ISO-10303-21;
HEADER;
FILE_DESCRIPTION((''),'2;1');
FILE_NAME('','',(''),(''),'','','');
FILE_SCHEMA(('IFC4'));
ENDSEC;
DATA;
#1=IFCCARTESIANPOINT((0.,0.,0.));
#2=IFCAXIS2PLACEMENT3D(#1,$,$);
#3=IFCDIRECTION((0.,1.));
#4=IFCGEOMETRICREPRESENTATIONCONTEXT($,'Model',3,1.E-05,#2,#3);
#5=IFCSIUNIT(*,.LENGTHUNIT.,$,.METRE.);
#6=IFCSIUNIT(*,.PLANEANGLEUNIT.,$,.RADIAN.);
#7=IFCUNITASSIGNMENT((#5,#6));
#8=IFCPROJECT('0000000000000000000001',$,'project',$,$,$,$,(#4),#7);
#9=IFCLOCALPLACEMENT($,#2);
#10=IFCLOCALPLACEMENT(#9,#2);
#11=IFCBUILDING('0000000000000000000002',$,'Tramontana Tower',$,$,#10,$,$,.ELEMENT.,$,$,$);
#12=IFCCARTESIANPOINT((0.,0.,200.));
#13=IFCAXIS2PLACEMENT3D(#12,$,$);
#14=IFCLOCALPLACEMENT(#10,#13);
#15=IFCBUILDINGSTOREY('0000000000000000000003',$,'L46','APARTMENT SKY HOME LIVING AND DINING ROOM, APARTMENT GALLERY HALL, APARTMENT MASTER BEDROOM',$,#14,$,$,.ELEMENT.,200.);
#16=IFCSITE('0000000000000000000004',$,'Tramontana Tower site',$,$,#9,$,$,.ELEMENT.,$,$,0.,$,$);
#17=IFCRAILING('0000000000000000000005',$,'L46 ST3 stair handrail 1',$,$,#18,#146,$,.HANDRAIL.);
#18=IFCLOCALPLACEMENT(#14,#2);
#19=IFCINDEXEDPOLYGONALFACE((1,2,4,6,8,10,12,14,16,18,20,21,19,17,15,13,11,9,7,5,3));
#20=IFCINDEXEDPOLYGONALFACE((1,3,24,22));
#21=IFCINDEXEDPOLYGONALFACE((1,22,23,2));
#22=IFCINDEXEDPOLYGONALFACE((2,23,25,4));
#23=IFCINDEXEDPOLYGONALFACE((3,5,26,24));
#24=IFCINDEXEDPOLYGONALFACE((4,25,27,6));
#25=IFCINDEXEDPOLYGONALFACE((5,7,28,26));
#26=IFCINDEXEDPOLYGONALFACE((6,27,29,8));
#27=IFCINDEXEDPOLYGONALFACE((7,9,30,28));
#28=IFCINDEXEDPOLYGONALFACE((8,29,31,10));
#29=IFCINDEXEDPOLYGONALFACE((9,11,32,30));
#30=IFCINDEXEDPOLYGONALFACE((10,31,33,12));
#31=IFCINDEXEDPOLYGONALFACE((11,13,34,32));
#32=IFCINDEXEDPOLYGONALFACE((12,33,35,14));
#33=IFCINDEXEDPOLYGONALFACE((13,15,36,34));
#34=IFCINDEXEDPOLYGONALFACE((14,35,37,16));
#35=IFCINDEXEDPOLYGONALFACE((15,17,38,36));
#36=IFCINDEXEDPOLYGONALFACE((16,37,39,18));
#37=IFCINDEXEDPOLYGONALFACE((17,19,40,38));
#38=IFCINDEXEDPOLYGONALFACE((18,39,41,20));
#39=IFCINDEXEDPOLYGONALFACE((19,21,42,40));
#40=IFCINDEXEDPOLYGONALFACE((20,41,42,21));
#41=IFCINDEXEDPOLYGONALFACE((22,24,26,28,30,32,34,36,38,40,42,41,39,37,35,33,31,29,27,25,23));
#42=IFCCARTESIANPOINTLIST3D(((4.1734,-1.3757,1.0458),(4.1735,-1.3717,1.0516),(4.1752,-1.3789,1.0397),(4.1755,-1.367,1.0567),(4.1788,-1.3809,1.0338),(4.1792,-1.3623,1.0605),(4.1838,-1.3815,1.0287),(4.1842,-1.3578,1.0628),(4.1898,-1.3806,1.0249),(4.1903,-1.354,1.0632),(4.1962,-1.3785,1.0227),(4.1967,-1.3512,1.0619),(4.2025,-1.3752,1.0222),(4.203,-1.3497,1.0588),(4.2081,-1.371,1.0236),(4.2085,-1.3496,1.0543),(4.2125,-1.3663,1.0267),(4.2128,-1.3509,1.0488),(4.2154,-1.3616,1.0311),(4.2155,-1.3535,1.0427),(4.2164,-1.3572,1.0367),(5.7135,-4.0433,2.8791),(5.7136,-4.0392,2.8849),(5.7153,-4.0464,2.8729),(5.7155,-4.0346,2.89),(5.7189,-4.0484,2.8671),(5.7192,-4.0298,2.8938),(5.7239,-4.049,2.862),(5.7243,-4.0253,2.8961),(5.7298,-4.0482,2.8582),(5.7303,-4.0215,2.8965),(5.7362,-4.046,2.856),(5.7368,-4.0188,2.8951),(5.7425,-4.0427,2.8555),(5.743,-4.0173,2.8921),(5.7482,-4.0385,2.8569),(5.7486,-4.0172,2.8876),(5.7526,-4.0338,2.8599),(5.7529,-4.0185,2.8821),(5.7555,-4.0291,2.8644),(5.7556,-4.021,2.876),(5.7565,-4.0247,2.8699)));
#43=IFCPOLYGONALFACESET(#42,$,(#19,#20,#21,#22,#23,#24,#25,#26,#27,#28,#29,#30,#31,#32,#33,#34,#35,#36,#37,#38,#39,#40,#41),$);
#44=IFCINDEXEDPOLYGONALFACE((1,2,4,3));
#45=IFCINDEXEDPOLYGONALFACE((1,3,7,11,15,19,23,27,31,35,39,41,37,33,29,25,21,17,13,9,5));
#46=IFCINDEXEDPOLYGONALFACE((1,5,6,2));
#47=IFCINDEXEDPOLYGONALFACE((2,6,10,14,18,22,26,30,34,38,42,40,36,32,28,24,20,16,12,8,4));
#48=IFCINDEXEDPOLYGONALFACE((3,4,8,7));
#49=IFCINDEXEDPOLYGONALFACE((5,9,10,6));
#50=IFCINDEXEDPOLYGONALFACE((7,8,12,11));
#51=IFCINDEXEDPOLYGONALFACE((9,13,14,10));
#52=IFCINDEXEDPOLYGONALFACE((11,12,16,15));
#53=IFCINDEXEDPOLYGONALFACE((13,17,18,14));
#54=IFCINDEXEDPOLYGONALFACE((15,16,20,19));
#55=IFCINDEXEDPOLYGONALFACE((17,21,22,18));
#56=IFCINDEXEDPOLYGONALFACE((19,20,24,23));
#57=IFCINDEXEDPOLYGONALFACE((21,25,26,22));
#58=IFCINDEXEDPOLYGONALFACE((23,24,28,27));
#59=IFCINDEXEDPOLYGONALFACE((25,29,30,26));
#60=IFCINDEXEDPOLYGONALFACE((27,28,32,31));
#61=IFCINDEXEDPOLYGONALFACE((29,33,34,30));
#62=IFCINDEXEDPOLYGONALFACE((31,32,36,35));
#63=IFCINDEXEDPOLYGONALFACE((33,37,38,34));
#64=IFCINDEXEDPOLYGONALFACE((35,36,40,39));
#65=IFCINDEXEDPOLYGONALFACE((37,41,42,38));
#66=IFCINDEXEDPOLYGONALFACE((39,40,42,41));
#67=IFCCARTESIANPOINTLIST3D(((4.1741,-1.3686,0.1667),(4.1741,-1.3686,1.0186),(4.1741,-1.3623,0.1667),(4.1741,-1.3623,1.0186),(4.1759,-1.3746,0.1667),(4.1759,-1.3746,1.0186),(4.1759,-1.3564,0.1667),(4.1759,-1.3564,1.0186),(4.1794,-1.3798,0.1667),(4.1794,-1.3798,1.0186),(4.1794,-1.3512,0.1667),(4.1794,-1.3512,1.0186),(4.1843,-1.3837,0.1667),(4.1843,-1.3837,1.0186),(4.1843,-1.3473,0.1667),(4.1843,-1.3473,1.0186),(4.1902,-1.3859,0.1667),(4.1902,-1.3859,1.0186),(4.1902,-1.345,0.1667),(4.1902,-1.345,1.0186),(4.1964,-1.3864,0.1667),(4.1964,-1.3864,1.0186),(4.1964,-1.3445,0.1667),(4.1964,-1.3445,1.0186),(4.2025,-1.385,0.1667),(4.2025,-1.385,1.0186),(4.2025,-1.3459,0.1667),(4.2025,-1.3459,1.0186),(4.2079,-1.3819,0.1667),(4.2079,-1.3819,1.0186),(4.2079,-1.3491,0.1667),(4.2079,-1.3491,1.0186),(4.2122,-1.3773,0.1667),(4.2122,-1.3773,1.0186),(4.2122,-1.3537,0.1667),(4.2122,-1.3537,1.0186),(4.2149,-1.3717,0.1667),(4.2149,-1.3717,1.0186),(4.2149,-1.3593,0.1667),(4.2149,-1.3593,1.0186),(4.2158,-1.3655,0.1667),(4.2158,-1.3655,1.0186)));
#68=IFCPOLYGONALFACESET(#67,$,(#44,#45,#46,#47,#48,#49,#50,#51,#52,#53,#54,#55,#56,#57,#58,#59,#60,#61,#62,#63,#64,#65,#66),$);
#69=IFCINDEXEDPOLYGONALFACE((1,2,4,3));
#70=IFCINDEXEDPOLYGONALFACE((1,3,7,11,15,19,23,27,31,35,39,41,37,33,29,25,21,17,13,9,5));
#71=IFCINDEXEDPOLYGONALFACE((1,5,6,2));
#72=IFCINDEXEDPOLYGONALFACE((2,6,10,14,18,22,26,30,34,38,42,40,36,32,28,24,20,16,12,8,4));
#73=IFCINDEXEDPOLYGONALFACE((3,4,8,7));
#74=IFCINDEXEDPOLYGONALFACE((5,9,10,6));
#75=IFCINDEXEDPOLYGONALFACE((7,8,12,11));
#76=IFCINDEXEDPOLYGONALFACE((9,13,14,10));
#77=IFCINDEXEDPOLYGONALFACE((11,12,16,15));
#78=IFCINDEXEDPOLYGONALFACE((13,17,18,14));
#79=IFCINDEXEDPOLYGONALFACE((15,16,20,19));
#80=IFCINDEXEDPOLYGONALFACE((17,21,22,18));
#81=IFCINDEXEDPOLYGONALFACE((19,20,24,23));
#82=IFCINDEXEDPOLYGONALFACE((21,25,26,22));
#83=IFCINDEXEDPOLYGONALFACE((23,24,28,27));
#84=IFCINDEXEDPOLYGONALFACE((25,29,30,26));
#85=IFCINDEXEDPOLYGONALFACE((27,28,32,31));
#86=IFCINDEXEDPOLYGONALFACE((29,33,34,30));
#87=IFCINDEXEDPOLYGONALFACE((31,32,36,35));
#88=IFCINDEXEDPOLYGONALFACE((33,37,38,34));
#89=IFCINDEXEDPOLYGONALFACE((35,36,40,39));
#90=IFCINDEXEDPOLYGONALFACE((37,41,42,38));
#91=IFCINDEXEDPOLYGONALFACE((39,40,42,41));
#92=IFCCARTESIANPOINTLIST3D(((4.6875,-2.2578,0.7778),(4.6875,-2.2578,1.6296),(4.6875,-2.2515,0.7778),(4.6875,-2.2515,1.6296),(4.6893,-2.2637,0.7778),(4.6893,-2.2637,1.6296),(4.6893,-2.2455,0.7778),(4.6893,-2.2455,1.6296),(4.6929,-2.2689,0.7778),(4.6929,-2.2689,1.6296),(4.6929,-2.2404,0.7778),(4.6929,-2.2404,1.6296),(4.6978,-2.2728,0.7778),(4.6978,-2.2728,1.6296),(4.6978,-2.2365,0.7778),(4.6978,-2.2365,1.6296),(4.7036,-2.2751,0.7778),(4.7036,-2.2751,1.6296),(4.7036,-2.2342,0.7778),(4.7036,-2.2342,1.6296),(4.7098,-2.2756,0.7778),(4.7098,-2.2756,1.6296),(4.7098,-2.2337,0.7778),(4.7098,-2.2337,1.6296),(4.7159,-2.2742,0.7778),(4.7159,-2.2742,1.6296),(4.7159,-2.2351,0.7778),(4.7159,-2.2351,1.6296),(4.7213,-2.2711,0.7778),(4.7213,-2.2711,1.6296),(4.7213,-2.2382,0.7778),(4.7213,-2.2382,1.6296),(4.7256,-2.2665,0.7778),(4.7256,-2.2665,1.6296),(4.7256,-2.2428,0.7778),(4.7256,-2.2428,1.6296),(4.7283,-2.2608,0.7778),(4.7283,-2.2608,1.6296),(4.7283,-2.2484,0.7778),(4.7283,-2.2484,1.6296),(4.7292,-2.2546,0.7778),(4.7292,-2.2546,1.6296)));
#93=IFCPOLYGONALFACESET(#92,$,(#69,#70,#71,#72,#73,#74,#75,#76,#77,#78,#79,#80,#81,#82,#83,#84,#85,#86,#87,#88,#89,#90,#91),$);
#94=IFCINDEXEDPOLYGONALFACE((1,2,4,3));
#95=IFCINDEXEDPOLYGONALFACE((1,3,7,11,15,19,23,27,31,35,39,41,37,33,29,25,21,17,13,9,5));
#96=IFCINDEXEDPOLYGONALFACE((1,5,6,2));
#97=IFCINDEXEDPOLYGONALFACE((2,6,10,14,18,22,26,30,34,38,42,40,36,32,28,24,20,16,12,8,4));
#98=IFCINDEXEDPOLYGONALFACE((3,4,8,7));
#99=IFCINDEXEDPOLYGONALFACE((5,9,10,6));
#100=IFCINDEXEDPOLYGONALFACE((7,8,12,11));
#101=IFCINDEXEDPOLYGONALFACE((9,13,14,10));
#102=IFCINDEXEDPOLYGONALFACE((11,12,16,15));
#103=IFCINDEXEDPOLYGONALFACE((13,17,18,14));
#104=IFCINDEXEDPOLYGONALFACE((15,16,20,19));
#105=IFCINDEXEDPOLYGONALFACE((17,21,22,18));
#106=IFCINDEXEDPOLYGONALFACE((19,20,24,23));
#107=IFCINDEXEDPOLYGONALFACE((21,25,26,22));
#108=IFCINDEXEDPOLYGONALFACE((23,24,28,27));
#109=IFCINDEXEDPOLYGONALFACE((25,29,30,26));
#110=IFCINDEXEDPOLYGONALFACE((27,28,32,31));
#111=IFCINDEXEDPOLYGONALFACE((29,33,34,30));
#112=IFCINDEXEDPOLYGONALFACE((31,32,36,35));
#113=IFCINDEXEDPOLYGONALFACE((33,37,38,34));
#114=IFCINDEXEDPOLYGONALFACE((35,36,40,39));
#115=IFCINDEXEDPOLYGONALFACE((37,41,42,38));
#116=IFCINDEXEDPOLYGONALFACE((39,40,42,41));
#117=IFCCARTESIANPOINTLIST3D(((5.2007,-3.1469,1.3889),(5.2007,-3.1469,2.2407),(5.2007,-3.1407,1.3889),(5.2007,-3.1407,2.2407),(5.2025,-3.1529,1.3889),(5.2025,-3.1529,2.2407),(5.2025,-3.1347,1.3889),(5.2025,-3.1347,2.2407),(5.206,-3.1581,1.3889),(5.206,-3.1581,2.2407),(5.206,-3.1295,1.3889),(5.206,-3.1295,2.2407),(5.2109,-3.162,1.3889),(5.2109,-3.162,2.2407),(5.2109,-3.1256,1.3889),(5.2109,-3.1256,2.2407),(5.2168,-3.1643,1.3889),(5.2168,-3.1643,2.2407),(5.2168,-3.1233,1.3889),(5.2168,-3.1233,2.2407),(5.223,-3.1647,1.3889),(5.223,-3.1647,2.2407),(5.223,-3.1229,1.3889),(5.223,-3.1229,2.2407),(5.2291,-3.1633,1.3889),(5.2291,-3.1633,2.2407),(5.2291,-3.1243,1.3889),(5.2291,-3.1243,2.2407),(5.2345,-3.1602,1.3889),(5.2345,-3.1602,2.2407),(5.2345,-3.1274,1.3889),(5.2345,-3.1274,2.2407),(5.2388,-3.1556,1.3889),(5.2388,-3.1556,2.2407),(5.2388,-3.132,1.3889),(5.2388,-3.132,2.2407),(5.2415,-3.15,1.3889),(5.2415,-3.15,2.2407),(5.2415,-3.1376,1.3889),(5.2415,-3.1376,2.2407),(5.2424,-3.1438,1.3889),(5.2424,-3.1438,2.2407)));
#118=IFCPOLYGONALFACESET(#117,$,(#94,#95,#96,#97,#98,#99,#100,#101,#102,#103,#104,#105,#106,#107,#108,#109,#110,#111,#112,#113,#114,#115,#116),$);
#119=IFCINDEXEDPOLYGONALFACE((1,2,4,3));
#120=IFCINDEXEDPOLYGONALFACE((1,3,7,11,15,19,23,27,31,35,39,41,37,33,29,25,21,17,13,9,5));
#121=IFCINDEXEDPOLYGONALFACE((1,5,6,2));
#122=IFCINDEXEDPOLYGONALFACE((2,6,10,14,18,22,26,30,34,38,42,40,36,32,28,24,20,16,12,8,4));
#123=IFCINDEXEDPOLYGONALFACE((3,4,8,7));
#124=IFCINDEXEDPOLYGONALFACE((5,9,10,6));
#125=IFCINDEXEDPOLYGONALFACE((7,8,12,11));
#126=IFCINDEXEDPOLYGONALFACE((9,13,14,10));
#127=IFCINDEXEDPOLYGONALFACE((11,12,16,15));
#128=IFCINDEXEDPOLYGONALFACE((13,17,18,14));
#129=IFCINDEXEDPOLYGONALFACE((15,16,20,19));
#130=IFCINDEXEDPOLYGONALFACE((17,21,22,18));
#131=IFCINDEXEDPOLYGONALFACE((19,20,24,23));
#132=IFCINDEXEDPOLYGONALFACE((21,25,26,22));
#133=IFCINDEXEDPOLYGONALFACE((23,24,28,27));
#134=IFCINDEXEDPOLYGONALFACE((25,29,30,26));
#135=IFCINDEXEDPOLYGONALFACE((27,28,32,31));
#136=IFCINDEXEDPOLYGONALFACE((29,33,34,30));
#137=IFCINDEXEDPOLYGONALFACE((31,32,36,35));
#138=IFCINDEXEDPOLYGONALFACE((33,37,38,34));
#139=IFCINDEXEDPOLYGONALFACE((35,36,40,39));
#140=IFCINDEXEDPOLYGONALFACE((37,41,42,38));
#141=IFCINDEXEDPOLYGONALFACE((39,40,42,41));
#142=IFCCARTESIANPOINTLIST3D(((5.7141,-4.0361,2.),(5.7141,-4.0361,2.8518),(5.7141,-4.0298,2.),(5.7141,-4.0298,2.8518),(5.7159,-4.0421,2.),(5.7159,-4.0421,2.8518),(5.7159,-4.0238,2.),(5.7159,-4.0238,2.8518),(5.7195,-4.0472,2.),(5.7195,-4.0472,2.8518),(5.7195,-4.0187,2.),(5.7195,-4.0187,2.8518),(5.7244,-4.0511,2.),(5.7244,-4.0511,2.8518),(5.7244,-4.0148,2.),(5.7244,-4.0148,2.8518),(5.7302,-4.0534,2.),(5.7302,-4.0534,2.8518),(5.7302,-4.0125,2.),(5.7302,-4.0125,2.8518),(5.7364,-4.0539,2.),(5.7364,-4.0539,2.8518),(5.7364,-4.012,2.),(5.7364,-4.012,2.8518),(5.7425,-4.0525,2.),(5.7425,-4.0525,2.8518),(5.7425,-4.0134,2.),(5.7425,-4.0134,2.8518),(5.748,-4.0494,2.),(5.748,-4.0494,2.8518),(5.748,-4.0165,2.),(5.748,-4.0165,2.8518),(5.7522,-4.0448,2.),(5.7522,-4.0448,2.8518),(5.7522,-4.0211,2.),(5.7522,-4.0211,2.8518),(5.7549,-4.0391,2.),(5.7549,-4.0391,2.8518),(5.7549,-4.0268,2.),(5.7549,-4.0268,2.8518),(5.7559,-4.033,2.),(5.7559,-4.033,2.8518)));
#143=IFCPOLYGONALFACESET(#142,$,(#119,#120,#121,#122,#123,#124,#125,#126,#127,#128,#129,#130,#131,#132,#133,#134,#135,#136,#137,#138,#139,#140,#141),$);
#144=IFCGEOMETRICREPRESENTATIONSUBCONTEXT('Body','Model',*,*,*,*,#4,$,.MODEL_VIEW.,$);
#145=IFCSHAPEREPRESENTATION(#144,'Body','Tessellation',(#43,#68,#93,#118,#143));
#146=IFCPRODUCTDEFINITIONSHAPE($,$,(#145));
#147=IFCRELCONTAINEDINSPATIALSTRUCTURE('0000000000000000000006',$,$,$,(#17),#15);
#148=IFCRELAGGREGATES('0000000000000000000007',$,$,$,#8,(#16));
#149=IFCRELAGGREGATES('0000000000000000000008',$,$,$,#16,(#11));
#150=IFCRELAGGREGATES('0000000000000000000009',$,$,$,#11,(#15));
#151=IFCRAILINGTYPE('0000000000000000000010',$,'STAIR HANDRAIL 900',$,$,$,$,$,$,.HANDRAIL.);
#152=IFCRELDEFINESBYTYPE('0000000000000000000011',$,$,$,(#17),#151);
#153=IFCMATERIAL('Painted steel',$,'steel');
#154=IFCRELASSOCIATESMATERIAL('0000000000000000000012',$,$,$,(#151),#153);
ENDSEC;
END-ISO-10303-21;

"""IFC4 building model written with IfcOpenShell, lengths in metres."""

from ifc_helpers import new_model, si_unit, direction, frame, origin, origin_2d, place, context, subcontext, project, spatial, circle, extrude, material, type_object, element, save


model = new_model("IFC4")

# Units and contexts
model_context = context("Model", 3, precision=1e-05, world=origin(), true_north=direction((0.0, 1.0)))
body_context = subcontext(model_context, "Body", "Model", "MODEL_VIEW")
ifc_project = project(units=[si_unit("LENGTHUNIT", "METRE"), si_unit("PLANEANGLEUNIT", "RADIAN")], contexts=[model_context])

# Site, building, storey
site_placement = place(None, origin())
site = spatial("IfcSite", under=ifc_project, at=site_placement, Name="Tramontana Tower site", CompositionType="ELEMENT", RefElevation=0.0)
building_placement = place(site_placement, origin())
building = spatial("IfcBuilding", under=site, at=building_placement, Name="Tramontana Tower", CompositionType="ELEMENT")
storey_placement = place(building_placement, frame((0.0, 0.0, 200.0)))
storey = spatial("IfcBuildingStorey", under=building, at=storey_placement, Name="L46", Description="APARTMENT SKY HOME LIVING AND DINING ROOM, APARTMENT GALLERY HALL, APARTMENT MASTER BEDROOM", CompositionType="ELEMENT", Elevation=200.0)

# Railing
ifc_material_1 = material(Name="Painted steel", Category="steel")
railing_type_1 = type_object("IfcRailingType", Name="STAIR HANDRAIL 900", PredefinedType="HANDRAIL", material=ifc_material_1)
railing_1_placement = place(storey_placement, frame((4.1948, -1.3655, 0.1667)))
element("IfcRailing", 1, at=railing_1_placement, inside=storey, type_object=railing_type_1, Name="L46 ST3 stair handrail 1", PredefinedType="HANDRAIL", context=body_context, shape_type="SweptSolid", body=[
    extrude(circle(Radius=0.0239, at=origin_2d()), frame((0.0, 0.0, 0.876), z_axis=(0.429649, -0.74419, 0.511452), x_axis=(0.86603, 0.499992, 0.0)), (0.0, 0.0, 1.0), 3.5845),
    extrude(circle(Radius=0.021, at=origin_2d()), origin(), (0.0, 0.0, 1.0), 0.8518),
    extrude(circle(Radius=0.021, at=origin_2d()), frame((0.5134, -0.8892, 0.6111)), (0.0, 0.0, 1.0), 0.8518),
    extrude(circle(Radius=0.021, at=origin_2d()), frame((1.0266, -1.7783, 1.2222)), (0.0, 0.0, 1.0), 0.8518),
    extrude(circle(Radius=0.021, at=origin_2d()), frame((1.54, -2.6675, 1.8333)), (0.0, 0.0, 1.0), 0.8518),
])

save(model, "model.ifc")
